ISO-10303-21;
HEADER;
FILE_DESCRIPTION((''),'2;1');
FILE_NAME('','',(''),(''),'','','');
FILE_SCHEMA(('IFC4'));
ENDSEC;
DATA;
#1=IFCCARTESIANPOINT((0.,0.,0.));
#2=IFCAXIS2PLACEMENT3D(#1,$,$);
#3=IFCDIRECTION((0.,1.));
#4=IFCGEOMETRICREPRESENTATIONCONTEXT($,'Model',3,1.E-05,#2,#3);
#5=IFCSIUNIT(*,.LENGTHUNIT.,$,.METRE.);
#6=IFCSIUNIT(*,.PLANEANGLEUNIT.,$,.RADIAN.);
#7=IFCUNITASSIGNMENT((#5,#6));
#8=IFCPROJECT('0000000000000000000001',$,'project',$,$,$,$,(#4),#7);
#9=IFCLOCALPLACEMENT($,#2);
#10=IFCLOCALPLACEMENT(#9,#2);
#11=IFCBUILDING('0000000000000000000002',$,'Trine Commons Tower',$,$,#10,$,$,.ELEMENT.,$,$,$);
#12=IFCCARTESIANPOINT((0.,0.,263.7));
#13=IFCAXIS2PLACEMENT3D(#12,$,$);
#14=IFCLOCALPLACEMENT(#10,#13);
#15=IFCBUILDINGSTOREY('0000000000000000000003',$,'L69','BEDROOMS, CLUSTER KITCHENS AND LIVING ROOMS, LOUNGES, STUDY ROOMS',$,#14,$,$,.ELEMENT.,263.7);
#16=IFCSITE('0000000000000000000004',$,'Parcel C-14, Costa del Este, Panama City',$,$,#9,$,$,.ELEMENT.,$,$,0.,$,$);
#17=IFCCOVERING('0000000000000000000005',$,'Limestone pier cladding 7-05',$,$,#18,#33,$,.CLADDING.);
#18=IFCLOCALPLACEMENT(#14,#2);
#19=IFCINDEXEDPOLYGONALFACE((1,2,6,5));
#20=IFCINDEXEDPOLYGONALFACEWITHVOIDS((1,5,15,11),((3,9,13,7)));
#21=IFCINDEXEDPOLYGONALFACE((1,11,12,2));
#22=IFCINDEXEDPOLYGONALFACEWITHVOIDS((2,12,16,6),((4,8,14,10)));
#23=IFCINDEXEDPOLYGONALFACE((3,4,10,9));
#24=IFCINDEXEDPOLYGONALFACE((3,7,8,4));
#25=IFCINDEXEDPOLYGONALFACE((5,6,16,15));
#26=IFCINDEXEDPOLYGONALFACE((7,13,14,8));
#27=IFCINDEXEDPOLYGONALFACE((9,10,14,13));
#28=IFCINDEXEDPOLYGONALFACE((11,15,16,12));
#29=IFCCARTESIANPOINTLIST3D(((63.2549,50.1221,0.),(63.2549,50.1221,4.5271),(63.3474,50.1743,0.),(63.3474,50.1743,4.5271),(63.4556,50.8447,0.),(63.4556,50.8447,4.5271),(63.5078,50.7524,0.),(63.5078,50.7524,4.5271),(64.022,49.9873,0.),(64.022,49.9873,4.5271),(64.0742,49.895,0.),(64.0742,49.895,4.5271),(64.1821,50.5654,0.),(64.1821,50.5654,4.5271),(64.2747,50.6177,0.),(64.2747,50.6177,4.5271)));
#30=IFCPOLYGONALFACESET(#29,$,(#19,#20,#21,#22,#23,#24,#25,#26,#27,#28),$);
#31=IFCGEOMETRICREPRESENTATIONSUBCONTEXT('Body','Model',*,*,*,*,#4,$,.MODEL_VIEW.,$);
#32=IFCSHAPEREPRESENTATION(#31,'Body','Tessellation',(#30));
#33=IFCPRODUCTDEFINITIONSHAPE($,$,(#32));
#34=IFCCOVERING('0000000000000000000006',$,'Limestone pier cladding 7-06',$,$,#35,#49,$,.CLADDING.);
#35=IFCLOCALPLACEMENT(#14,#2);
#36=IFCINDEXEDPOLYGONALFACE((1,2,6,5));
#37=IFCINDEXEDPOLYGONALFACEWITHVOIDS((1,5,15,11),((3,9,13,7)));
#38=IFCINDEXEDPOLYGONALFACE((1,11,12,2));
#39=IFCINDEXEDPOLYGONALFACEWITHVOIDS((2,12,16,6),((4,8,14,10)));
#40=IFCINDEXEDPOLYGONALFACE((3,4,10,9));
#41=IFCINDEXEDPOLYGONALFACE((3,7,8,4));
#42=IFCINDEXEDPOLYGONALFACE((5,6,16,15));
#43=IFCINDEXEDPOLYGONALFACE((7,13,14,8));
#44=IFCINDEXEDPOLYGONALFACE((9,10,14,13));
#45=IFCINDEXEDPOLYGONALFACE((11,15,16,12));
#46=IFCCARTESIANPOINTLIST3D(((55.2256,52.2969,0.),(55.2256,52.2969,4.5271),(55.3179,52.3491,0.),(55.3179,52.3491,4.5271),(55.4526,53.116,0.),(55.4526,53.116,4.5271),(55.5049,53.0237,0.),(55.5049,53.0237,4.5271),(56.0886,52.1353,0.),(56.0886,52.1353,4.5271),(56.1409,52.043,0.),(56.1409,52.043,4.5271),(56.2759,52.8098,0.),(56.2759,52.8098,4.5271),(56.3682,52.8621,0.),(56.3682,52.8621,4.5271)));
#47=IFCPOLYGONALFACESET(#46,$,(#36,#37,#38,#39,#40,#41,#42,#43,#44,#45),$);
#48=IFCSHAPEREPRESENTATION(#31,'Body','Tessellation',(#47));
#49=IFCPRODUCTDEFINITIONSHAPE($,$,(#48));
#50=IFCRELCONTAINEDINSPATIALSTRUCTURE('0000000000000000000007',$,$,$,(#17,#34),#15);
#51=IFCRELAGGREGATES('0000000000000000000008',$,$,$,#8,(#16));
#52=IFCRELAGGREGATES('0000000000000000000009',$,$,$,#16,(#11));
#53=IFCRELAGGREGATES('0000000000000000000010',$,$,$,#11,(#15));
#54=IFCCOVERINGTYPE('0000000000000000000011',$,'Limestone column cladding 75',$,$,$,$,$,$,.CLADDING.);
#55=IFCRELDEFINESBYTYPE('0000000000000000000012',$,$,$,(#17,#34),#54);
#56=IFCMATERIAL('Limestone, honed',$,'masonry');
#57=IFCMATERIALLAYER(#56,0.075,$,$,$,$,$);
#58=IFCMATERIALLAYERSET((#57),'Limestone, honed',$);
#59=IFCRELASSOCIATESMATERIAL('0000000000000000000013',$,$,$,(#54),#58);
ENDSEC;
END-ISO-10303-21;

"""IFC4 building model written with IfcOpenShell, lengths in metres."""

from ifc_helpers import new_model, si_unit, direction, frame, origin, place, context, subcontext, project, spatial, polyline, outline, extrude, material, layer, layer_set, type_object, element, save


model = new_model("IFC4")

# Units and contexts
model_context = context("Model", 3, precision=1e-05, world=origin(), true_north=direction((0.0, 1.0)))
body_context = subcontext(model_context, "Body", "Model", "MODEL_VIEW")
ifc_project = project(units=[si_unit("LENGTHUNIT", "METRE"), si_unit("PLANEANGLEUNIT", "RADIAN")], contexts=[model_context])

# Site, building, storey
site_placement = place(None, origin())
site = spatial("IfcSite", under=ifc_project, at=site_placement, Name="Parcel C-14, Costa del Este, Panama City", CompositionType="ELEMENT", RefElevation=0.0)
building_placement = place(site_placement, origin())
building = spatial("IfcBuilding", under=site, at=building_placement, Name="Trine Commons Tower", CompositionType="ELEMENT")
storey_placement = place(building_placement, frame((0.0, 0.0, 263.7)))
storey = spatial("IfcBuildingStorey", under=building, at=storey_placement, Name="L69", Description="BEDROOMS, CLUSTER KITCHENS AND LIVING ROOMS, LOUNGES, STUDY ROOMS", CompositionType="ELEMENT", Elevation=263.7)

# Coverings
ifc_material_1 = material(Name="Limestone, honed", Category="masonry")
ifc_layer_1 = layer(ifc_material_1, 0.075)
ifc_layer_set_1 = layer_set([ifc_layer_1], Name="Limestone, honed")
covering_type_1 = type_object("IfcCoveringType", Name="Limestone column cladding 75", PredefinedType="CLADDING", material=ifc_layer_set_1)
covering_1_placement = place(storey_placement, origin())
element("IfcCovering", 1, at=covering_1_placement, inside=storey, type_object=covering_type_1, Name="Limestone pier cladding 7-05", PredefinedType="CLADDING", context=body_context, shape_type="SweptSolid", body=[
    extrude(outline(polyline([(63.4556, 50.8447), (63.2549, 50.1221), (64.0742, 49.895), (64.2747, 50.6177), (63.4556, 50.8447)]), holes=[polyline([(63.5078, 50.7524), (63.3474, 50.1743), (64.022, 49.9873), (64.1821, 50.5654), (63.5078, 50.7524)])]), origin(), (0.0, 0.0, 1.0), 4.5271),
])
covering_2_placement = place(storey_placement, origin())
element("IfcCovering", 2, at=covering_2_placement, inside=storey, type_object=covering_type_1, Name="Limestone pier cladding 7-06", PredefinedType="CLADDING", context=body_context, shape_type="SweptSolid", body=[
    extrude(outline(polyline([(55.4526, 53.116), (55.2256, 52.2969), (56.1409, 52.043), (56.3682, 52.8621), (55.4526, 53.116)]), holes=[polyline([(55.5049, 53.0237), (55.3179, 52.3491), (56.0886, 52.1353), (56.2759, 52.8098), (55.5049, 53.0237)])]), origin(), (0.0, 0.0, 1.0), 4.5271),
])

save(model, "model.ifc")
